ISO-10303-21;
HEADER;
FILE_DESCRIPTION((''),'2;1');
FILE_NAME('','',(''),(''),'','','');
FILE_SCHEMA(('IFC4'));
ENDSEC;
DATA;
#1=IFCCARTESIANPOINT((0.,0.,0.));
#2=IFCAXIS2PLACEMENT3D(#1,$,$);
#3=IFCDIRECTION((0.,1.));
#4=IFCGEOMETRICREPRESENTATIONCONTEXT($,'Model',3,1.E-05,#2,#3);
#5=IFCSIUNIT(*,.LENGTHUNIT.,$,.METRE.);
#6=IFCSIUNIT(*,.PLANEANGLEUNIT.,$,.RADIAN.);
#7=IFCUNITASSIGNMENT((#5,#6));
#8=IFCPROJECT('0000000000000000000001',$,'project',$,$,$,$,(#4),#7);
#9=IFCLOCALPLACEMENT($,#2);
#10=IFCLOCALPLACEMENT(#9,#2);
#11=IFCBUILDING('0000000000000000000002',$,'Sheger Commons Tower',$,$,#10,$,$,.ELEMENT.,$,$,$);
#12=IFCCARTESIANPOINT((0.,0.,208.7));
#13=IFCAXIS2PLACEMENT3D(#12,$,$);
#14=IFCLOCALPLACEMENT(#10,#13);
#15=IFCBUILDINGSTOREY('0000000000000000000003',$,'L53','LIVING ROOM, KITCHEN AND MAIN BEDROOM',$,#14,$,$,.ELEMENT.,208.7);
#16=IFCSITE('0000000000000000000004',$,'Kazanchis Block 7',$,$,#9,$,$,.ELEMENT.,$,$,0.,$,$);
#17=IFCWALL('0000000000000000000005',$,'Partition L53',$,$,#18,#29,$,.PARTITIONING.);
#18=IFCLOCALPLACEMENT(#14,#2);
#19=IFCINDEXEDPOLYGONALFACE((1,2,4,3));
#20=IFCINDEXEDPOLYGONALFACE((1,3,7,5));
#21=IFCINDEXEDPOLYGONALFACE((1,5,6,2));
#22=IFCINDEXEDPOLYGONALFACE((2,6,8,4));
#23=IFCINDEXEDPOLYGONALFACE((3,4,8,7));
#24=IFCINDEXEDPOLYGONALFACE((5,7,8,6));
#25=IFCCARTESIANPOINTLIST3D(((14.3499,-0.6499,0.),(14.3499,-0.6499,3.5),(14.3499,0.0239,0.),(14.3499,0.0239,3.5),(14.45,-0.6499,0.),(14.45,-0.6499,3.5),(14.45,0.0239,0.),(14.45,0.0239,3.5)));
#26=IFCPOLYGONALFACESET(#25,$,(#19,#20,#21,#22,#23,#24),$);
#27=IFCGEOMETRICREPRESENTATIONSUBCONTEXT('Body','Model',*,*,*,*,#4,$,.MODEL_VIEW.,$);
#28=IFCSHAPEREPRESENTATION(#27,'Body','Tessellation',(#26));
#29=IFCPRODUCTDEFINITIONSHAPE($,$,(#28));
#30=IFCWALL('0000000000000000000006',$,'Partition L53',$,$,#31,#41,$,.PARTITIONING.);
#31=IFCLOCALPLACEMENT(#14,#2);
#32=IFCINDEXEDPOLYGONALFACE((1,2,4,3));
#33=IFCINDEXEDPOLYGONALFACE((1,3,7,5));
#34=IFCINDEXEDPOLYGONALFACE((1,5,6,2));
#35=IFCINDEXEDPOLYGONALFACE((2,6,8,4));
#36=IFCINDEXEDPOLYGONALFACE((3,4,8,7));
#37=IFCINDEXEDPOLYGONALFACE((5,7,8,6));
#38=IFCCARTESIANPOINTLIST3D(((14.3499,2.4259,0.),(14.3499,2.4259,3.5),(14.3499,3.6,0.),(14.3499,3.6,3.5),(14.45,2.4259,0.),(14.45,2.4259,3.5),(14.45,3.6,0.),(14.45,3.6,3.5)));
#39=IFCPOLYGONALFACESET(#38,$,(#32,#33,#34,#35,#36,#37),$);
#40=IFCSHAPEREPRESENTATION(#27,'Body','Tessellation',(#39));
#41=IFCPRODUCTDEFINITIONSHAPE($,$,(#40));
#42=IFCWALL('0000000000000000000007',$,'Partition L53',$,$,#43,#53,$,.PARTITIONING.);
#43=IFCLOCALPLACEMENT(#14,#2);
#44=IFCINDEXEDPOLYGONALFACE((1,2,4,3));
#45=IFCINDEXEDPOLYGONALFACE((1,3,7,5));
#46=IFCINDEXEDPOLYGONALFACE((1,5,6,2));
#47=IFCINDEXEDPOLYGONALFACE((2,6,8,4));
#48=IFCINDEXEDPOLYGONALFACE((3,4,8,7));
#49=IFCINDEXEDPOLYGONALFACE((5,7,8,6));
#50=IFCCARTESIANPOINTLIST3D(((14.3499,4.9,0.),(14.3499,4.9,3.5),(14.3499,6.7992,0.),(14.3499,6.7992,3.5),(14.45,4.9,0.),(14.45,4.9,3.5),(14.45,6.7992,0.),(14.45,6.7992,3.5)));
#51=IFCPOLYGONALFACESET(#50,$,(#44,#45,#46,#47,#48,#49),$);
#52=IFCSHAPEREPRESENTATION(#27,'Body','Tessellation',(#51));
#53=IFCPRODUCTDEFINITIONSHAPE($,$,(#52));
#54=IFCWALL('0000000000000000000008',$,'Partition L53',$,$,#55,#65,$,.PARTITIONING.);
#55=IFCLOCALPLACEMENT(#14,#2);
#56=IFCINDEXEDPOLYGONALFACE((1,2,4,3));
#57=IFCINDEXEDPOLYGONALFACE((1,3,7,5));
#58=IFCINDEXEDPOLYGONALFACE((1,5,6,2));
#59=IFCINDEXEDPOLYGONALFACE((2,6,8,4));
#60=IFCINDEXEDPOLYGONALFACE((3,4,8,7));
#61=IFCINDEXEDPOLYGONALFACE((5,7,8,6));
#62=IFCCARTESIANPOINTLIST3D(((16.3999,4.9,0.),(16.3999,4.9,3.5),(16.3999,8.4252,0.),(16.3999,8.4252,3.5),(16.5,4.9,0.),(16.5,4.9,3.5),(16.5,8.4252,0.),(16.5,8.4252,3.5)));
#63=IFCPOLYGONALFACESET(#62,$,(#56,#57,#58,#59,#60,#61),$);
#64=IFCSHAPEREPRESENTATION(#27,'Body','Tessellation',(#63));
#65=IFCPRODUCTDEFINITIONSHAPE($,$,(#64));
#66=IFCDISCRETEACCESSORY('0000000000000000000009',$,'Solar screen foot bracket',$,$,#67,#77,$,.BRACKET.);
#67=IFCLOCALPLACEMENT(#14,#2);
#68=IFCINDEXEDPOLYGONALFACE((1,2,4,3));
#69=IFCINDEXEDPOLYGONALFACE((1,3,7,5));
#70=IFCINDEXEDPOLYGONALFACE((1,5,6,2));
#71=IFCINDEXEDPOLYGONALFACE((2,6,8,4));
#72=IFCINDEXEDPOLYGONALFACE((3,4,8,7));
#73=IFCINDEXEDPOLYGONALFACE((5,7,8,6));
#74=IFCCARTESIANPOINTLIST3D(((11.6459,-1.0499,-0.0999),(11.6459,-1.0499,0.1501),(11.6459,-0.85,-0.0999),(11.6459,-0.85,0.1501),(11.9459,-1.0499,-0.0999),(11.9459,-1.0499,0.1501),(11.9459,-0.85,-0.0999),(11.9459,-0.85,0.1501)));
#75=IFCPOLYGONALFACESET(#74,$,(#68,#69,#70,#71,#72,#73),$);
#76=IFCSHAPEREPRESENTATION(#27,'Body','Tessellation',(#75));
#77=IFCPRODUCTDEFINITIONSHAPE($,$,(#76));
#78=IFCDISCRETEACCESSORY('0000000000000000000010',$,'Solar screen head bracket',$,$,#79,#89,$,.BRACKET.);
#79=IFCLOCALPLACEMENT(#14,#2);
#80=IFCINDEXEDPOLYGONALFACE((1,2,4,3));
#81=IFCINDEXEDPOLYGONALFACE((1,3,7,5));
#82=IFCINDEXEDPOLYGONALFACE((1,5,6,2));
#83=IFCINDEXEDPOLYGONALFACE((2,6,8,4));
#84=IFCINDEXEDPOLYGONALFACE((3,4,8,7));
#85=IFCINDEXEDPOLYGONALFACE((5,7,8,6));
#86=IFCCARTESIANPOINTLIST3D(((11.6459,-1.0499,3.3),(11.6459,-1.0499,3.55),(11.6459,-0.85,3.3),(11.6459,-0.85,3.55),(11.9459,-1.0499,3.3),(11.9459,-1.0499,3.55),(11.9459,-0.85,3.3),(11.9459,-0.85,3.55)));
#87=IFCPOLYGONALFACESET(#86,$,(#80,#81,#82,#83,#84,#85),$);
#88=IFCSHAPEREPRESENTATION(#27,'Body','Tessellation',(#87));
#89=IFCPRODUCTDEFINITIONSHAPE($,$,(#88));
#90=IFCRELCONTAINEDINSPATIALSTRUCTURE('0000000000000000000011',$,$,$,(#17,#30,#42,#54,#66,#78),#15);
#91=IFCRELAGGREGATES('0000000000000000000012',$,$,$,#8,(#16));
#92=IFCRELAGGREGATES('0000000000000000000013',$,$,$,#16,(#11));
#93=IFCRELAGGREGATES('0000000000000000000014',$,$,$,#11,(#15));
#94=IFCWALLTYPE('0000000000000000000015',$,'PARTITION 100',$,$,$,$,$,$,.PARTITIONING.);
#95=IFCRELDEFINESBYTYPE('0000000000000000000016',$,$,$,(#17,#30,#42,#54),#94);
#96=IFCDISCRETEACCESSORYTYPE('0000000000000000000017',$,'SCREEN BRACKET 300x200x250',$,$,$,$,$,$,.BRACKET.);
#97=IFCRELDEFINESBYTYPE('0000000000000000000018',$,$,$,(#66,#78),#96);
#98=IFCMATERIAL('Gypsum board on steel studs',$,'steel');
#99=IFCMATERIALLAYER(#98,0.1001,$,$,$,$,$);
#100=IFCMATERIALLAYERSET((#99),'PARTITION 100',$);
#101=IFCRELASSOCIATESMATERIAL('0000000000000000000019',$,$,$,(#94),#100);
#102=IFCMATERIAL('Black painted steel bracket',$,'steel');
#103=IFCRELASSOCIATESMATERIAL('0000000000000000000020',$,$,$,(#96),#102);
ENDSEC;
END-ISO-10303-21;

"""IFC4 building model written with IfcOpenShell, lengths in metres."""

from ifc_helpers import new_model, si_unit, direction, frame, frame_2d, origin, origin_2d, place, context, subcontext, project, spatial, rectangle, extrude, material, layer, layer_set, type_object, element, save


model = new_model("IFC4")

# Units and contexts
model_context = context("Model", 3, precision=1e-05, world=origin(), true_north=direction((0.0, 1.0)))
body_context = subcontext(model_context, "Body", "Model", "MODEL_VIEW")
ifc_project = project(units=[si_unit("LENGTHUNIT", "METRE"), si_unit("PLANEANGLEUNIT", "RADIAN")], contexts=[model_context])

# Site, building, storey
site_placement = place(None, origin())
site = spatial("IfcSite", under=ifc_project, at=site_placement, Name="Kazanchis Block 7", CompositionType="ELEMENT", RefElevation=0.0)
building_placement = place(site_placement, origin())
building = spatial("IfcBuilding", under=site, at=building_placement, Name="Sheger Commons Tower", CompositionType="ELEMENT")
storey_placement = place(building_placement, frame((0.0, 0.0, 208.7)))
storey = spatial("IfcBuildingStorey", under=building, at=storey_placement, Name="L53", Description="LIVING ROOM, KITCHEN AND MAIN BEDROOM", CompositionType="ELEMENT", Elevation=208.7)

# Shared definitions
ifc_material_1 = material(Name="Gypsum board on steel studs", Category="steel")
ifc_layer_1 = layer(ifc_material_1, 0.1001)
ifc_layer_set_1 = layer_set([ifc_layer_1], Name="PARTITION 100")
wall_type_1 = type_object("IfcWallType", Name="PARTITION 100", PredefinedType="PARTITIONING", material=ifc_layer_set_1)

# Walls
wall_1_placement = place(storey_placement, frame((14.3999, -0.6499, 0.0), z_axis=(0.0, 0.0, 1.0), x_axis=(0.0, 1.0, 0.0)))
element("IfcWall", 1, at=wall_1_placement, inside=storey, type_object=wall_type_1, Name="Partition L53", PredefinedType="PARTITIONING", context=body_context, shape_type="SweptSolid", body=[
    extrude(rectangle(XDim=0.6738, YDim=0.1001, at=frame_2d((0.3369, 0.0))), origin(), (0.0, 0.0, 1.0), 3.5),
])
wall_2_placement = place(storey_placement, frame((14.3999, 2.426, 0.0), z_axis=(0.0, 0.0, 1.0), x_axis=(0.0, 1.0, 0.0)))
element("IfcWall", 2, at=wall_2_placement, inside=storey, type_object=wall_type_1, Name="Partition L53", PredefinedType="PARTITIONING", context=body_context, shape_type="SweptSolid", body=[
    extrude(rectangle(XDim=1.1741, YDim=0.1001, at=frame_2d((0.5869, 0.0))), origin(), (0.0, 0.0, 1.0), 3.5),
])
wall_3_placement = place(storey_placement, frame((14.3999, 4.8999, 0.0), z_axis=(0.0, 0.0, 1.0), x_axis=(0.0, 1.0, 0.0)))
element("IfcWall", 3, at=wall_3_placement, inside=storey, type_object=wall_type_1, Name="Partition L53", PredefinedType="PARTITIONING", context=body_context, shape_type="SweptSolid", body=[
    extrude(rectangle(XDim=1.8992, YDim=0.1001, at=frame_2d((0.9497, 0.0))), origin(), (0.0, 0.0, 1.0), 3.5),
])
wall_4_placement = place(storey_placement, frame((16.45, 4.8999, 0.0), z_axis=(0.0, 0.0, 1.0), x_axis=(0.0, 1.0, 0.0)))
element("IfcWall", 4, at=wall_4_placement, inside=storey, type_object=wall_type_1, Name="Partition L53", PredefinedType="PARTITIONING", context=body_context, shape_type="SweptSolid", body=[
    extrude(rectangle(XDim=3.5251, YDim=0.1001, at=frame_2d((1.7627, 0.0))), origin(), (0.0, 0.0, 1.0), 3.5),
])

# Discrete accessories
ifc_material_2 = material(Name="Black painted steel bracket", Category="steel")
discrete_accessory_type = type_object("IfcDiscreteAccessoryType", Name="SCREEN BRACKET 300x200x250", PredefinedType="BRACKET", material=ifc_material_2)
for number, where, z_axis, x_axis, name in (
    (5, (11.7959, -0.95, -0.0999), (0.0, 0.0, 1.0), (1.0, 0.0, 0.0), "Solar screen foot bracket"),
    (6, (11.7959, -0.95, 3.3), (0.0, 0.0, 1.0), (1.0, 0.0, 0.0), "Solar screen head bracket"),
):
    element("IfcDiscreteAccessory", number, at=place(storey_placement, frame(where, z_axis=z_axis, x_axis=x_axis)), inside=storey, type_object=discrete_accessory_type, Name=name, PredefinedType="BRACKET", context=body_context, shape_type="SweptSolid", body=[
        extrude(rectangle(XDim=0.3, YDim=0.2, at=origin_2d()), origin(), (0.0, 0.0, 1.0), 0.25),
    ])

save(model, "model.ifc")
